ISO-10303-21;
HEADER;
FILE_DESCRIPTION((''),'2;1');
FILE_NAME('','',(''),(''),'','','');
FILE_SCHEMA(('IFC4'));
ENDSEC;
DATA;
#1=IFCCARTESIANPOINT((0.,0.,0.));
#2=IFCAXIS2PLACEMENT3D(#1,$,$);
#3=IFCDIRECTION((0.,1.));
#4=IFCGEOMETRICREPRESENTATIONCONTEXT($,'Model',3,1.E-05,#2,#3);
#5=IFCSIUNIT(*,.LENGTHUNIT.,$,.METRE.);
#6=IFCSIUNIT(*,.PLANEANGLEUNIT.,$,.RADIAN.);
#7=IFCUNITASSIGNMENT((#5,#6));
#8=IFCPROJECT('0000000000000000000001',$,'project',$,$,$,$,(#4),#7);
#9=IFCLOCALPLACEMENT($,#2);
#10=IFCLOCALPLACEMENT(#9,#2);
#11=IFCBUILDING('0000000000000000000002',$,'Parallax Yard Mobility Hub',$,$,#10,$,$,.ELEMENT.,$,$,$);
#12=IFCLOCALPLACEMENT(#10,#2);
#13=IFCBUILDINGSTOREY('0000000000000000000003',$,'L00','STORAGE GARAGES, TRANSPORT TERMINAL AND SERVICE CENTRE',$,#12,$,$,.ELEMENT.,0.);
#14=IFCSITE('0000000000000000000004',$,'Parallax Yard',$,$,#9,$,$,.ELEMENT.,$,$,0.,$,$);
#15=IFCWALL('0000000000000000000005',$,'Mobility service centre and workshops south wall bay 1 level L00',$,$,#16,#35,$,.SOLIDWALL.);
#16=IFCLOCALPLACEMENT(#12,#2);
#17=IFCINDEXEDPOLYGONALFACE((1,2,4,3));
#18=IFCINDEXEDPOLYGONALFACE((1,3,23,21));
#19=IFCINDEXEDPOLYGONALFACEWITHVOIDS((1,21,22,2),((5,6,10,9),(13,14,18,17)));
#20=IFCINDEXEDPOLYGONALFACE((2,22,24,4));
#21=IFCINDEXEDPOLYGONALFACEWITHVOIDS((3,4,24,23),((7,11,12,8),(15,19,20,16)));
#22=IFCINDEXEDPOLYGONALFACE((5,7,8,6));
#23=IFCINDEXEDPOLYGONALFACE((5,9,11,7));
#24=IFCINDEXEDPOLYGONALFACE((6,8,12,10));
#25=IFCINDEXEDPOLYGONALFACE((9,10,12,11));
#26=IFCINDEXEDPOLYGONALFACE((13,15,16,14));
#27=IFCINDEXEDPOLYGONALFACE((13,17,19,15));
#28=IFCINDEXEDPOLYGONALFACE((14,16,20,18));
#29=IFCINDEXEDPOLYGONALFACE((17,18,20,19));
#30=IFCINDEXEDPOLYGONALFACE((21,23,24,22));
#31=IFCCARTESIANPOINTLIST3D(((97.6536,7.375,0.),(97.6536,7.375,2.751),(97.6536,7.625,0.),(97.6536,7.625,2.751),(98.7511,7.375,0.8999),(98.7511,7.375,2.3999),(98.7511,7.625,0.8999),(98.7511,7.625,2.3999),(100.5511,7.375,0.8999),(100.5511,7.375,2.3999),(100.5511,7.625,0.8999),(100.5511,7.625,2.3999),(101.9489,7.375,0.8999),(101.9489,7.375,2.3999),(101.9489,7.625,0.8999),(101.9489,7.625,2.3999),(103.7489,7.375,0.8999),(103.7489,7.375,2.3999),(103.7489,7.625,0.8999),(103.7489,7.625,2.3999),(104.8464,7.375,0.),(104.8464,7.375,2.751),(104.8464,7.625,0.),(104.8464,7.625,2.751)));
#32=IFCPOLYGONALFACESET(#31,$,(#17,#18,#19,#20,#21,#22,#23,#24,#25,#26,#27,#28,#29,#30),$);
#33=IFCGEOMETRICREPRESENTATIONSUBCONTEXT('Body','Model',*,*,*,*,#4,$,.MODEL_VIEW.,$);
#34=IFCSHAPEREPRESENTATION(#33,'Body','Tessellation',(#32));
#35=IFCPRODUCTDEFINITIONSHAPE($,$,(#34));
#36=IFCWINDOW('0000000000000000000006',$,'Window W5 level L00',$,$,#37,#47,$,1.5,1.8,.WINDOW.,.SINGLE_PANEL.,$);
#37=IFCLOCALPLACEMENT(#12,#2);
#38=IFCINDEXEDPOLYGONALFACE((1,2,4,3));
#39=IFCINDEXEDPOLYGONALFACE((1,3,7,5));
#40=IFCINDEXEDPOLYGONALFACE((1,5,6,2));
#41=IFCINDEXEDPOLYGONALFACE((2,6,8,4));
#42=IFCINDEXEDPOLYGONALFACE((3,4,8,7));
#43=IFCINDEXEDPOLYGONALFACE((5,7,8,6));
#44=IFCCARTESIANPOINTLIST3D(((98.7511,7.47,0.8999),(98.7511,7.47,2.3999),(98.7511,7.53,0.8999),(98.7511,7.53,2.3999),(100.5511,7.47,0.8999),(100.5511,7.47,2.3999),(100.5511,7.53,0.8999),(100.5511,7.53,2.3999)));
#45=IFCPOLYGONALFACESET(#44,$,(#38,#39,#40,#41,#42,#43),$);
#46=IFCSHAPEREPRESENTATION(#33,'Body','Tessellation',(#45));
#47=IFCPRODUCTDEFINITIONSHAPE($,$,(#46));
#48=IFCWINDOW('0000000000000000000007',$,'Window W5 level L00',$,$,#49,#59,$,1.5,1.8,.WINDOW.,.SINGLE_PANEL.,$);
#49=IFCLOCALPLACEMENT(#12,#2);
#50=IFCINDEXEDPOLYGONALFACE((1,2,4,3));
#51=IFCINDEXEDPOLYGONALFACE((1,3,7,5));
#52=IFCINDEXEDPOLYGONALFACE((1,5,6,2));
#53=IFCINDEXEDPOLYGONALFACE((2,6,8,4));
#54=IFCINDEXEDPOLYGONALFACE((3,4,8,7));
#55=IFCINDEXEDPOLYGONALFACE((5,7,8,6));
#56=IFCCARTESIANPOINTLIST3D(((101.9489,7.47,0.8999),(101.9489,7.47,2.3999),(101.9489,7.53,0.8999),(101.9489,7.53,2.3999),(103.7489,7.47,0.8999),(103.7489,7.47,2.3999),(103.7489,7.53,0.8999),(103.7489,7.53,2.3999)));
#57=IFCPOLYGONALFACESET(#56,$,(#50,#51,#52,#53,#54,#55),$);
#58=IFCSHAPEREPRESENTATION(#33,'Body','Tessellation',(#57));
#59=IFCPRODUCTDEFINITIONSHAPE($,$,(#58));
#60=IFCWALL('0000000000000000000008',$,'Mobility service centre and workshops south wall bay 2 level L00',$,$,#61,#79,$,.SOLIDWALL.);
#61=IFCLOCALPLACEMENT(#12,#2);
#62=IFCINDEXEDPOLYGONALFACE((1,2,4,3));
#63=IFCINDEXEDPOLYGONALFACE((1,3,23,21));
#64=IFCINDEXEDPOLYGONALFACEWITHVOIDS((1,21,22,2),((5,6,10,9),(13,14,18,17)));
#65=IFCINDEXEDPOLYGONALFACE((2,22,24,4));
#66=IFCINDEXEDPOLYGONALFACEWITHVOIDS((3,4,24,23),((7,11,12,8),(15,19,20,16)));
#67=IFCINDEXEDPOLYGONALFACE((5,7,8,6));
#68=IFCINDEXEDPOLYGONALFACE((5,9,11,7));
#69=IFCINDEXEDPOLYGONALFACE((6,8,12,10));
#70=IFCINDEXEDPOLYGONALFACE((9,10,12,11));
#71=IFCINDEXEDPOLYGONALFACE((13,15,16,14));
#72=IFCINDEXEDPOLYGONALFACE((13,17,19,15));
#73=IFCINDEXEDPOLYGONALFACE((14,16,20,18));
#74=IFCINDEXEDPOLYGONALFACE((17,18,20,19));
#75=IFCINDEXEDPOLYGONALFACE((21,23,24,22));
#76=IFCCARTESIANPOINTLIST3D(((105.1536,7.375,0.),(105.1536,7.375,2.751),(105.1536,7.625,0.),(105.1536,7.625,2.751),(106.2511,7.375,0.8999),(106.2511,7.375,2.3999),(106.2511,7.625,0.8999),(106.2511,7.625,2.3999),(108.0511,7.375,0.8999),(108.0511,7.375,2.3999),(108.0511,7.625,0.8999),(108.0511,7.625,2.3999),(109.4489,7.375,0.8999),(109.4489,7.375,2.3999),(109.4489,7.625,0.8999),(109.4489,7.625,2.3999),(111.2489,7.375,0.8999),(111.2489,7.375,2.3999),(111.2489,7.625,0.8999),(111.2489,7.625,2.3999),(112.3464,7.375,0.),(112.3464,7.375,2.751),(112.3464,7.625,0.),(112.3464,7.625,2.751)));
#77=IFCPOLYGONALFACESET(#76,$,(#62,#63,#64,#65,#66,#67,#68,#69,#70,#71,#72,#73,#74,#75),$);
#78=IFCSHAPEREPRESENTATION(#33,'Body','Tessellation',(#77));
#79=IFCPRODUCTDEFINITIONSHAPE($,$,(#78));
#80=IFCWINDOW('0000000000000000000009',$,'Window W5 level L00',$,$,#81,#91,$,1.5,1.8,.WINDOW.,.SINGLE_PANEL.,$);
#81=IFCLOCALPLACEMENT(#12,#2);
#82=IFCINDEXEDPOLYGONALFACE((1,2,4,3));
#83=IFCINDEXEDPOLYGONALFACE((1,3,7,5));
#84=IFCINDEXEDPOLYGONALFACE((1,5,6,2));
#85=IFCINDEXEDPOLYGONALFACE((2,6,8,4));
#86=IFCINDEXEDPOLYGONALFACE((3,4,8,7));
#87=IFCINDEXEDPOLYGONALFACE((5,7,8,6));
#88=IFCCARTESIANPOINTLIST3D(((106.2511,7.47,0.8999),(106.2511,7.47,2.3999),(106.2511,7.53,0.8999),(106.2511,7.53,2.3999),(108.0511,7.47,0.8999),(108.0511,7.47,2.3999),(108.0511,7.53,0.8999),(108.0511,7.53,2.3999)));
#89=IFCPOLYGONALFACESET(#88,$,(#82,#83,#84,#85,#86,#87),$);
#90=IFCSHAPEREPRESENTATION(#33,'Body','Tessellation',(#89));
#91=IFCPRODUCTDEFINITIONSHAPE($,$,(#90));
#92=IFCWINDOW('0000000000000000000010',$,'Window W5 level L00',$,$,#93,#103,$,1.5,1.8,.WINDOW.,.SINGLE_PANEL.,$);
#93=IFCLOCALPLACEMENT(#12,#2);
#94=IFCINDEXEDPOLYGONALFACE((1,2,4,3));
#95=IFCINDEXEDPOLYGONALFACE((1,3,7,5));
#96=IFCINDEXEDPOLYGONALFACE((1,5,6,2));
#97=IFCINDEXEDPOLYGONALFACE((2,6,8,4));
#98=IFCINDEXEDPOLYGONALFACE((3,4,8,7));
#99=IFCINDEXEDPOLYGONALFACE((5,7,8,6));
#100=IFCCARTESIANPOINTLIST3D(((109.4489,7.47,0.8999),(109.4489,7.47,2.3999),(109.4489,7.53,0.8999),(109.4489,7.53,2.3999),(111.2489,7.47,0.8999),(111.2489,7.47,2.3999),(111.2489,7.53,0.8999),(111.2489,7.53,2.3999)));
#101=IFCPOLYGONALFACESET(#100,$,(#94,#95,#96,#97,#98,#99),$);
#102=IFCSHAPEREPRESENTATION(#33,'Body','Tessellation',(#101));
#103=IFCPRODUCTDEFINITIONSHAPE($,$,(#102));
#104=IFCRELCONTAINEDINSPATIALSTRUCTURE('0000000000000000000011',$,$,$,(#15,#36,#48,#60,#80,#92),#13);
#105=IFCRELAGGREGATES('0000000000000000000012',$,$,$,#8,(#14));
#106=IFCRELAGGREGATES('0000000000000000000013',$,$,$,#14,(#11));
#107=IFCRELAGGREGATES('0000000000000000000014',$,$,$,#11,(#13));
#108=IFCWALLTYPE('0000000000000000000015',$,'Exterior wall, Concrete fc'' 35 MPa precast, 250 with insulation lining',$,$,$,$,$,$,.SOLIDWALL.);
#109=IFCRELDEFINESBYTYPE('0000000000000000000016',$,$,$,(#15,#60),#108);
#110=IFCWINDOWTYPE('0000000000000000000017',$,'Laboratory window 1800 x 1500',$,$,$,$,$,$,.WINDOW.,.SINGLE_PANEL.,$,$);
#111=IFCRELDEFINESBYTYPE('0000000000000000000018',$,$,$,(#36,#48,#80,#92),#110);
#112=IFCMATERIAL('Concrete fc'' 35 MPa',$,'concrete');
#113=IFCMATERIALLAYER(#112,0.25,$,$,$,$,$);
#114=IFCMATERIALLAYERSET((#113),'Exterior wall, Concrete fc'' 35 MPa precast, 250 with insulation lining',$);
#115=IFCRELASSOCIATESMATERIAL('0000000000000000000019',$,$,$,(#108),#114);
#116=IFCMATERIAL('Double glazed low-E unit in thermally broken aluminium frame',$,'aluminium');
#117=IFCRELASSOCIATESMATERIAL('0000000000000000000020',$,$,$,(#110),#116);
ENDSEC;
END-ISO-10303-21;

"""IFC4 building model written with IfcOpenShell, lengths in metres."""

from ifc_helpers import new_model, si_unit, direction, frame, frame_2d, origin, place, context, subcontext, project, spatial, rectangle, extrude, material, layer, layer_set, type_object, element, fill, save


model = new_model("IFC4")

# Units and contexts
model_context = context("Model", 3, precision=1e-05, world=origin(), true_north=direction((0.0, 1.0)))
body_context = subcontext(model_context, "Body", "Model", "MODEL_VIEW")
ifc_project = project(units=[si_unit("LENGTHUNIT", "METRE"), si_unit("PLANEANGLEUNIT", "RADIAN")], contexts=[model_context])

# Site, building, storey
site_placement = place(None, origin())
site = spatial("IfcSite", under=ifc_project, at=site_placement, Name="Parallax Yard", CompositionType="ELEMENT", RefElevation=0.0)
building_placement = place(site_placement, origin())
building = spatial("IfcBuilding", under=site, at=building_placement, Name="Parallax Yard Mobility Hub", CompositionType="ELEMENT")
storey_placement = place(building_placement, origin())
storey = spatial("IfcBuildingStorey", under=building, at=storey_placement, Name="L00", Description="STORAGE GARAGES, TRANSPORT TERMINAL AND SERVICE CENTRE", CompositionType="ELEMENT", Elevation=0.0)

# Walls, openings, windows
ifc_material_1 = material(Name="Concrete fc' 35 MPa", Category="concrete")
ifc_layer = layer(ifc_material_1, 0.25)
ifc_layer_set = layer_set([ifc_layer], Name="Exterior wall, Concrete fc' 35 MPa precast, 250 with insulation lining")
wall_type = type_object("IfcWallType", Name="Exterior wall, Concrete fc' 35 MPa precast, 250 with insulation lining", PredefinedType="SOLIDWALL", material=ifc_layer_set)
wall_1_placement = place(storey_placement, frame((97.6536, 7.5, 0.0), z_axis=(0.0, 0.0, 1.0), x_axis=(1.0, 0.0, 0.0)))
wall_1 = element("IfcWall", 1, at=wall_1_placement, inside=storey, type_object=wall_type, Name="Mobility service centre and workshops south wall bay 1 level L00", PredefinedType="SOLIDWALL", context=body_context, shape_type="SweptSolid", body=[
    extrude(rectangle(XDim=7.1929, YDim=0.25, at=frame_2d((3.5964, 0.0))), origin(), (0.0, 0.0, 1.0), 2.751),
])
opening_1_placement = place(wall_1_placement, frame((1.0977, 0.0, 0.8999)))
opening_1 = element("IfcOpeningElement", 2, at=opening_1_placement, cuts=wall_1, PredefinedType="OPENING", context=body_context, shape_type="SweptSolid", body=[
    extrude(rectangle(XDim=1.8, YDim=1.5, at=frame_2d((0.8999, 0.75))), frame((0.0, 0.135, 0.0), z_axis=(0.0, -1.0, 0.0), x_axis=(1.0, 0.0, 0.0)), (0.0, 0.0, 1.0), 0.27),
])
opening_2_placement = place(wall_1_placement, frame((4.2954, 0.0, 0.8999)))
opening_2 = element("IfcOpeningElement", 3, at=opening_2_placement, cuts=wall_1, PredefinedType="OPENING", context=body_context, shape_type="SweptSolid", body=[
    extrude(rectangle(XDim=1.8, YDim=1.5, at=frame_2d((0.8999, 0.75))), frame((0.0, 0.135, 0.0), z_axis=(0.0, -1.0, 0.0), x_axis=(1.0, 0.0, 0.0)), (0.0, 0.0, 1.0), 0.27),
])
ifc_material_2 = material(Name="Double glazed low-E unit in thermally broken aluminium frame", Category="aluminium")
window_type = type_object("IfcWindowType", Name="Laboratory window 1800 x 1500", PartitioningType="SINGLE_PANEL", PredefinedType="WINDOW", material=ifc_material_2)
window_1_placement = place(opening_1_placement, origin())
window_1 = element("IfcWindow", 4, at=window_1_placement, inside=storey, type_object=window_type, Name="Window W5 level L00", OverallHeight=1.5, OverallWidth=1.8, PartitioningType="SINGLE_PANEL", PredefinedType="WINDOW", context=body_context, shape_type="SweptSolid", body=[
    extrude(rectangle(XDim=1.8, YDim=1.5, at=frame_2d((0.8999, 0.75))), frame((0.0, 0.03, 0.0), z_axis=(0.0, -1.0, 0.0), x_axis=(1.0, 0.0, 0.0)), (0.0, 0.0, 1.0), 0.0601),
])
fill(opening_1, window_1)
window_2_placement = place(opening_2_placement, origin())
window_2 = element("IfcWindow", 5, at=window_2_placement, inside=storey, type_object=window_type, Name="Window W5 level L00", OverallHeight=1.5, OverallWidth=1.8, PartitioningType="SINGLE_PANEL", PredefinedType="WINDOW", context=body_context, shape_type="SweptSolid", body=[
    extrude(rectangle(XDim=1.8, YDim=1.5, at=frame_2d((0.8999, 0.75))), frame((0.0, 0.03, 0.0), z_axis=(0.0, -1.0, 0.0), x_axis=(1.0, 0.0, 0.0)), (0.0, 0.0, 1.0), 0.0601),
])
fill(opening_2, window_2)
wall_2_placement = place(storey_placement, frame((105.1536, 7.5, 0.0), z_axis=(0.0, 0.0, 1.0), x_axis=(1.0, 0.0, 0.0)))
wall_2 = element("IfcWall", 6, at=wall_2_placement, inside=storey, type_object=wall_type, Name="Mobility service centre and workshops south wall bay 2 level L00", PredefinedType="SOLIDWALL", context=body_context, shape_type="SweptSolid", body=[
    extrude(rectangle(XDim=7.1929, YDim=0.25, at=frame_2d((3.5964, 0.0))), origin(), (0.0, 0.0, 1.0), 2.751),
])
opening_3_placement = place(wall_2_placement, frame((1.0977, 0.0, 0.8999)))
opening_3 = element("IfcOpeningElement", 7, at=opening_3_placement, cuts=wall_2, PredefinedType="OPENING", context=body_context, shape_type="SweptSolid", body=[
    extrude(rectangle(XDim=1.8, YDim=1.5, at=frame_2d((0.8999, 0.75))), frame((0.0, 0.135, 0.0), z_axis=(0.0, -1.0, 0.0), x_axis=(1.0, 0.0, 0.0)), (0.0, 0.0, 1.0), 0.27),
])
opening_4_placement = place(wall_2_placement, frame((4.2954, 0.0, 0.8999)))
opening_4 = element("IfcOpeningElement", 8, at=opening_4_placement, cuts=wall_2, PredefinedType="OPENING", context=body_context, shape_type="SweptSolid", body=[
    extrude(rectangle(XDim=1.8, YDim=1.5, at=frame_2d((0.8999, 0.75))), frame((0.0, 0.135, 0.0), z_axis=(0.0, -1.0, 0.0), x_axis=(1.0, 0.0, 0.0)), (0.0, 0.0, 1.0), 0.27),
])
window_3_placement = place(opening_3_placement, origin())
window_3 = element("IfcWindow", 9, at=window_3_placement, inside=storey, type_object=window_type, Name="Window W5 level L00", OverallHeight=1.5, OverallWidth=1.8, PartitioningType="SINGLE_PANEL", PredefinedType="WINDOW", context=body_context, shape_type="SweptSolid", body=[
    extrude(rectangle(XDim=1.8, YDim=1.5, at=frame_2d((0.8999, 0.75))), frame((0.0, 0.03, 0.0), z_axis=(0.0, -1.0, 0.0), x_axis=(1.0, 0.0, 0.0)), (0.0, 0.0, 1.0), 0.0601),
])
fill(opening_3, window_3)
window_4_placement = place(opening_4_placement, origin())
window_4 = element("IfcWindow", 10, at=window_4_placement, inside=storey, type_object=window_type, Name="Window W5 level L00", OverallHeight=1.5, OverallWidth=1.8, PartitioningType="SINGLE_PANEL", PredefinedType="WINDOW", context=body_context, shape_type="SweptSolid", body=[
    extrude(rectangle(XDim=1.8, YDim=1.5, at=frame_2d((0.8999, 0.75))), frame((0.0, 0.03, 0.0), z_axis=(0.0, -1.0, 0.0), x_axis=(1.0, 0.0, 0.0)), (0.0, 0.0, 1.0), 0.0601),
])
fill(opening_4, window_4)

save(model, "model.ifc")
